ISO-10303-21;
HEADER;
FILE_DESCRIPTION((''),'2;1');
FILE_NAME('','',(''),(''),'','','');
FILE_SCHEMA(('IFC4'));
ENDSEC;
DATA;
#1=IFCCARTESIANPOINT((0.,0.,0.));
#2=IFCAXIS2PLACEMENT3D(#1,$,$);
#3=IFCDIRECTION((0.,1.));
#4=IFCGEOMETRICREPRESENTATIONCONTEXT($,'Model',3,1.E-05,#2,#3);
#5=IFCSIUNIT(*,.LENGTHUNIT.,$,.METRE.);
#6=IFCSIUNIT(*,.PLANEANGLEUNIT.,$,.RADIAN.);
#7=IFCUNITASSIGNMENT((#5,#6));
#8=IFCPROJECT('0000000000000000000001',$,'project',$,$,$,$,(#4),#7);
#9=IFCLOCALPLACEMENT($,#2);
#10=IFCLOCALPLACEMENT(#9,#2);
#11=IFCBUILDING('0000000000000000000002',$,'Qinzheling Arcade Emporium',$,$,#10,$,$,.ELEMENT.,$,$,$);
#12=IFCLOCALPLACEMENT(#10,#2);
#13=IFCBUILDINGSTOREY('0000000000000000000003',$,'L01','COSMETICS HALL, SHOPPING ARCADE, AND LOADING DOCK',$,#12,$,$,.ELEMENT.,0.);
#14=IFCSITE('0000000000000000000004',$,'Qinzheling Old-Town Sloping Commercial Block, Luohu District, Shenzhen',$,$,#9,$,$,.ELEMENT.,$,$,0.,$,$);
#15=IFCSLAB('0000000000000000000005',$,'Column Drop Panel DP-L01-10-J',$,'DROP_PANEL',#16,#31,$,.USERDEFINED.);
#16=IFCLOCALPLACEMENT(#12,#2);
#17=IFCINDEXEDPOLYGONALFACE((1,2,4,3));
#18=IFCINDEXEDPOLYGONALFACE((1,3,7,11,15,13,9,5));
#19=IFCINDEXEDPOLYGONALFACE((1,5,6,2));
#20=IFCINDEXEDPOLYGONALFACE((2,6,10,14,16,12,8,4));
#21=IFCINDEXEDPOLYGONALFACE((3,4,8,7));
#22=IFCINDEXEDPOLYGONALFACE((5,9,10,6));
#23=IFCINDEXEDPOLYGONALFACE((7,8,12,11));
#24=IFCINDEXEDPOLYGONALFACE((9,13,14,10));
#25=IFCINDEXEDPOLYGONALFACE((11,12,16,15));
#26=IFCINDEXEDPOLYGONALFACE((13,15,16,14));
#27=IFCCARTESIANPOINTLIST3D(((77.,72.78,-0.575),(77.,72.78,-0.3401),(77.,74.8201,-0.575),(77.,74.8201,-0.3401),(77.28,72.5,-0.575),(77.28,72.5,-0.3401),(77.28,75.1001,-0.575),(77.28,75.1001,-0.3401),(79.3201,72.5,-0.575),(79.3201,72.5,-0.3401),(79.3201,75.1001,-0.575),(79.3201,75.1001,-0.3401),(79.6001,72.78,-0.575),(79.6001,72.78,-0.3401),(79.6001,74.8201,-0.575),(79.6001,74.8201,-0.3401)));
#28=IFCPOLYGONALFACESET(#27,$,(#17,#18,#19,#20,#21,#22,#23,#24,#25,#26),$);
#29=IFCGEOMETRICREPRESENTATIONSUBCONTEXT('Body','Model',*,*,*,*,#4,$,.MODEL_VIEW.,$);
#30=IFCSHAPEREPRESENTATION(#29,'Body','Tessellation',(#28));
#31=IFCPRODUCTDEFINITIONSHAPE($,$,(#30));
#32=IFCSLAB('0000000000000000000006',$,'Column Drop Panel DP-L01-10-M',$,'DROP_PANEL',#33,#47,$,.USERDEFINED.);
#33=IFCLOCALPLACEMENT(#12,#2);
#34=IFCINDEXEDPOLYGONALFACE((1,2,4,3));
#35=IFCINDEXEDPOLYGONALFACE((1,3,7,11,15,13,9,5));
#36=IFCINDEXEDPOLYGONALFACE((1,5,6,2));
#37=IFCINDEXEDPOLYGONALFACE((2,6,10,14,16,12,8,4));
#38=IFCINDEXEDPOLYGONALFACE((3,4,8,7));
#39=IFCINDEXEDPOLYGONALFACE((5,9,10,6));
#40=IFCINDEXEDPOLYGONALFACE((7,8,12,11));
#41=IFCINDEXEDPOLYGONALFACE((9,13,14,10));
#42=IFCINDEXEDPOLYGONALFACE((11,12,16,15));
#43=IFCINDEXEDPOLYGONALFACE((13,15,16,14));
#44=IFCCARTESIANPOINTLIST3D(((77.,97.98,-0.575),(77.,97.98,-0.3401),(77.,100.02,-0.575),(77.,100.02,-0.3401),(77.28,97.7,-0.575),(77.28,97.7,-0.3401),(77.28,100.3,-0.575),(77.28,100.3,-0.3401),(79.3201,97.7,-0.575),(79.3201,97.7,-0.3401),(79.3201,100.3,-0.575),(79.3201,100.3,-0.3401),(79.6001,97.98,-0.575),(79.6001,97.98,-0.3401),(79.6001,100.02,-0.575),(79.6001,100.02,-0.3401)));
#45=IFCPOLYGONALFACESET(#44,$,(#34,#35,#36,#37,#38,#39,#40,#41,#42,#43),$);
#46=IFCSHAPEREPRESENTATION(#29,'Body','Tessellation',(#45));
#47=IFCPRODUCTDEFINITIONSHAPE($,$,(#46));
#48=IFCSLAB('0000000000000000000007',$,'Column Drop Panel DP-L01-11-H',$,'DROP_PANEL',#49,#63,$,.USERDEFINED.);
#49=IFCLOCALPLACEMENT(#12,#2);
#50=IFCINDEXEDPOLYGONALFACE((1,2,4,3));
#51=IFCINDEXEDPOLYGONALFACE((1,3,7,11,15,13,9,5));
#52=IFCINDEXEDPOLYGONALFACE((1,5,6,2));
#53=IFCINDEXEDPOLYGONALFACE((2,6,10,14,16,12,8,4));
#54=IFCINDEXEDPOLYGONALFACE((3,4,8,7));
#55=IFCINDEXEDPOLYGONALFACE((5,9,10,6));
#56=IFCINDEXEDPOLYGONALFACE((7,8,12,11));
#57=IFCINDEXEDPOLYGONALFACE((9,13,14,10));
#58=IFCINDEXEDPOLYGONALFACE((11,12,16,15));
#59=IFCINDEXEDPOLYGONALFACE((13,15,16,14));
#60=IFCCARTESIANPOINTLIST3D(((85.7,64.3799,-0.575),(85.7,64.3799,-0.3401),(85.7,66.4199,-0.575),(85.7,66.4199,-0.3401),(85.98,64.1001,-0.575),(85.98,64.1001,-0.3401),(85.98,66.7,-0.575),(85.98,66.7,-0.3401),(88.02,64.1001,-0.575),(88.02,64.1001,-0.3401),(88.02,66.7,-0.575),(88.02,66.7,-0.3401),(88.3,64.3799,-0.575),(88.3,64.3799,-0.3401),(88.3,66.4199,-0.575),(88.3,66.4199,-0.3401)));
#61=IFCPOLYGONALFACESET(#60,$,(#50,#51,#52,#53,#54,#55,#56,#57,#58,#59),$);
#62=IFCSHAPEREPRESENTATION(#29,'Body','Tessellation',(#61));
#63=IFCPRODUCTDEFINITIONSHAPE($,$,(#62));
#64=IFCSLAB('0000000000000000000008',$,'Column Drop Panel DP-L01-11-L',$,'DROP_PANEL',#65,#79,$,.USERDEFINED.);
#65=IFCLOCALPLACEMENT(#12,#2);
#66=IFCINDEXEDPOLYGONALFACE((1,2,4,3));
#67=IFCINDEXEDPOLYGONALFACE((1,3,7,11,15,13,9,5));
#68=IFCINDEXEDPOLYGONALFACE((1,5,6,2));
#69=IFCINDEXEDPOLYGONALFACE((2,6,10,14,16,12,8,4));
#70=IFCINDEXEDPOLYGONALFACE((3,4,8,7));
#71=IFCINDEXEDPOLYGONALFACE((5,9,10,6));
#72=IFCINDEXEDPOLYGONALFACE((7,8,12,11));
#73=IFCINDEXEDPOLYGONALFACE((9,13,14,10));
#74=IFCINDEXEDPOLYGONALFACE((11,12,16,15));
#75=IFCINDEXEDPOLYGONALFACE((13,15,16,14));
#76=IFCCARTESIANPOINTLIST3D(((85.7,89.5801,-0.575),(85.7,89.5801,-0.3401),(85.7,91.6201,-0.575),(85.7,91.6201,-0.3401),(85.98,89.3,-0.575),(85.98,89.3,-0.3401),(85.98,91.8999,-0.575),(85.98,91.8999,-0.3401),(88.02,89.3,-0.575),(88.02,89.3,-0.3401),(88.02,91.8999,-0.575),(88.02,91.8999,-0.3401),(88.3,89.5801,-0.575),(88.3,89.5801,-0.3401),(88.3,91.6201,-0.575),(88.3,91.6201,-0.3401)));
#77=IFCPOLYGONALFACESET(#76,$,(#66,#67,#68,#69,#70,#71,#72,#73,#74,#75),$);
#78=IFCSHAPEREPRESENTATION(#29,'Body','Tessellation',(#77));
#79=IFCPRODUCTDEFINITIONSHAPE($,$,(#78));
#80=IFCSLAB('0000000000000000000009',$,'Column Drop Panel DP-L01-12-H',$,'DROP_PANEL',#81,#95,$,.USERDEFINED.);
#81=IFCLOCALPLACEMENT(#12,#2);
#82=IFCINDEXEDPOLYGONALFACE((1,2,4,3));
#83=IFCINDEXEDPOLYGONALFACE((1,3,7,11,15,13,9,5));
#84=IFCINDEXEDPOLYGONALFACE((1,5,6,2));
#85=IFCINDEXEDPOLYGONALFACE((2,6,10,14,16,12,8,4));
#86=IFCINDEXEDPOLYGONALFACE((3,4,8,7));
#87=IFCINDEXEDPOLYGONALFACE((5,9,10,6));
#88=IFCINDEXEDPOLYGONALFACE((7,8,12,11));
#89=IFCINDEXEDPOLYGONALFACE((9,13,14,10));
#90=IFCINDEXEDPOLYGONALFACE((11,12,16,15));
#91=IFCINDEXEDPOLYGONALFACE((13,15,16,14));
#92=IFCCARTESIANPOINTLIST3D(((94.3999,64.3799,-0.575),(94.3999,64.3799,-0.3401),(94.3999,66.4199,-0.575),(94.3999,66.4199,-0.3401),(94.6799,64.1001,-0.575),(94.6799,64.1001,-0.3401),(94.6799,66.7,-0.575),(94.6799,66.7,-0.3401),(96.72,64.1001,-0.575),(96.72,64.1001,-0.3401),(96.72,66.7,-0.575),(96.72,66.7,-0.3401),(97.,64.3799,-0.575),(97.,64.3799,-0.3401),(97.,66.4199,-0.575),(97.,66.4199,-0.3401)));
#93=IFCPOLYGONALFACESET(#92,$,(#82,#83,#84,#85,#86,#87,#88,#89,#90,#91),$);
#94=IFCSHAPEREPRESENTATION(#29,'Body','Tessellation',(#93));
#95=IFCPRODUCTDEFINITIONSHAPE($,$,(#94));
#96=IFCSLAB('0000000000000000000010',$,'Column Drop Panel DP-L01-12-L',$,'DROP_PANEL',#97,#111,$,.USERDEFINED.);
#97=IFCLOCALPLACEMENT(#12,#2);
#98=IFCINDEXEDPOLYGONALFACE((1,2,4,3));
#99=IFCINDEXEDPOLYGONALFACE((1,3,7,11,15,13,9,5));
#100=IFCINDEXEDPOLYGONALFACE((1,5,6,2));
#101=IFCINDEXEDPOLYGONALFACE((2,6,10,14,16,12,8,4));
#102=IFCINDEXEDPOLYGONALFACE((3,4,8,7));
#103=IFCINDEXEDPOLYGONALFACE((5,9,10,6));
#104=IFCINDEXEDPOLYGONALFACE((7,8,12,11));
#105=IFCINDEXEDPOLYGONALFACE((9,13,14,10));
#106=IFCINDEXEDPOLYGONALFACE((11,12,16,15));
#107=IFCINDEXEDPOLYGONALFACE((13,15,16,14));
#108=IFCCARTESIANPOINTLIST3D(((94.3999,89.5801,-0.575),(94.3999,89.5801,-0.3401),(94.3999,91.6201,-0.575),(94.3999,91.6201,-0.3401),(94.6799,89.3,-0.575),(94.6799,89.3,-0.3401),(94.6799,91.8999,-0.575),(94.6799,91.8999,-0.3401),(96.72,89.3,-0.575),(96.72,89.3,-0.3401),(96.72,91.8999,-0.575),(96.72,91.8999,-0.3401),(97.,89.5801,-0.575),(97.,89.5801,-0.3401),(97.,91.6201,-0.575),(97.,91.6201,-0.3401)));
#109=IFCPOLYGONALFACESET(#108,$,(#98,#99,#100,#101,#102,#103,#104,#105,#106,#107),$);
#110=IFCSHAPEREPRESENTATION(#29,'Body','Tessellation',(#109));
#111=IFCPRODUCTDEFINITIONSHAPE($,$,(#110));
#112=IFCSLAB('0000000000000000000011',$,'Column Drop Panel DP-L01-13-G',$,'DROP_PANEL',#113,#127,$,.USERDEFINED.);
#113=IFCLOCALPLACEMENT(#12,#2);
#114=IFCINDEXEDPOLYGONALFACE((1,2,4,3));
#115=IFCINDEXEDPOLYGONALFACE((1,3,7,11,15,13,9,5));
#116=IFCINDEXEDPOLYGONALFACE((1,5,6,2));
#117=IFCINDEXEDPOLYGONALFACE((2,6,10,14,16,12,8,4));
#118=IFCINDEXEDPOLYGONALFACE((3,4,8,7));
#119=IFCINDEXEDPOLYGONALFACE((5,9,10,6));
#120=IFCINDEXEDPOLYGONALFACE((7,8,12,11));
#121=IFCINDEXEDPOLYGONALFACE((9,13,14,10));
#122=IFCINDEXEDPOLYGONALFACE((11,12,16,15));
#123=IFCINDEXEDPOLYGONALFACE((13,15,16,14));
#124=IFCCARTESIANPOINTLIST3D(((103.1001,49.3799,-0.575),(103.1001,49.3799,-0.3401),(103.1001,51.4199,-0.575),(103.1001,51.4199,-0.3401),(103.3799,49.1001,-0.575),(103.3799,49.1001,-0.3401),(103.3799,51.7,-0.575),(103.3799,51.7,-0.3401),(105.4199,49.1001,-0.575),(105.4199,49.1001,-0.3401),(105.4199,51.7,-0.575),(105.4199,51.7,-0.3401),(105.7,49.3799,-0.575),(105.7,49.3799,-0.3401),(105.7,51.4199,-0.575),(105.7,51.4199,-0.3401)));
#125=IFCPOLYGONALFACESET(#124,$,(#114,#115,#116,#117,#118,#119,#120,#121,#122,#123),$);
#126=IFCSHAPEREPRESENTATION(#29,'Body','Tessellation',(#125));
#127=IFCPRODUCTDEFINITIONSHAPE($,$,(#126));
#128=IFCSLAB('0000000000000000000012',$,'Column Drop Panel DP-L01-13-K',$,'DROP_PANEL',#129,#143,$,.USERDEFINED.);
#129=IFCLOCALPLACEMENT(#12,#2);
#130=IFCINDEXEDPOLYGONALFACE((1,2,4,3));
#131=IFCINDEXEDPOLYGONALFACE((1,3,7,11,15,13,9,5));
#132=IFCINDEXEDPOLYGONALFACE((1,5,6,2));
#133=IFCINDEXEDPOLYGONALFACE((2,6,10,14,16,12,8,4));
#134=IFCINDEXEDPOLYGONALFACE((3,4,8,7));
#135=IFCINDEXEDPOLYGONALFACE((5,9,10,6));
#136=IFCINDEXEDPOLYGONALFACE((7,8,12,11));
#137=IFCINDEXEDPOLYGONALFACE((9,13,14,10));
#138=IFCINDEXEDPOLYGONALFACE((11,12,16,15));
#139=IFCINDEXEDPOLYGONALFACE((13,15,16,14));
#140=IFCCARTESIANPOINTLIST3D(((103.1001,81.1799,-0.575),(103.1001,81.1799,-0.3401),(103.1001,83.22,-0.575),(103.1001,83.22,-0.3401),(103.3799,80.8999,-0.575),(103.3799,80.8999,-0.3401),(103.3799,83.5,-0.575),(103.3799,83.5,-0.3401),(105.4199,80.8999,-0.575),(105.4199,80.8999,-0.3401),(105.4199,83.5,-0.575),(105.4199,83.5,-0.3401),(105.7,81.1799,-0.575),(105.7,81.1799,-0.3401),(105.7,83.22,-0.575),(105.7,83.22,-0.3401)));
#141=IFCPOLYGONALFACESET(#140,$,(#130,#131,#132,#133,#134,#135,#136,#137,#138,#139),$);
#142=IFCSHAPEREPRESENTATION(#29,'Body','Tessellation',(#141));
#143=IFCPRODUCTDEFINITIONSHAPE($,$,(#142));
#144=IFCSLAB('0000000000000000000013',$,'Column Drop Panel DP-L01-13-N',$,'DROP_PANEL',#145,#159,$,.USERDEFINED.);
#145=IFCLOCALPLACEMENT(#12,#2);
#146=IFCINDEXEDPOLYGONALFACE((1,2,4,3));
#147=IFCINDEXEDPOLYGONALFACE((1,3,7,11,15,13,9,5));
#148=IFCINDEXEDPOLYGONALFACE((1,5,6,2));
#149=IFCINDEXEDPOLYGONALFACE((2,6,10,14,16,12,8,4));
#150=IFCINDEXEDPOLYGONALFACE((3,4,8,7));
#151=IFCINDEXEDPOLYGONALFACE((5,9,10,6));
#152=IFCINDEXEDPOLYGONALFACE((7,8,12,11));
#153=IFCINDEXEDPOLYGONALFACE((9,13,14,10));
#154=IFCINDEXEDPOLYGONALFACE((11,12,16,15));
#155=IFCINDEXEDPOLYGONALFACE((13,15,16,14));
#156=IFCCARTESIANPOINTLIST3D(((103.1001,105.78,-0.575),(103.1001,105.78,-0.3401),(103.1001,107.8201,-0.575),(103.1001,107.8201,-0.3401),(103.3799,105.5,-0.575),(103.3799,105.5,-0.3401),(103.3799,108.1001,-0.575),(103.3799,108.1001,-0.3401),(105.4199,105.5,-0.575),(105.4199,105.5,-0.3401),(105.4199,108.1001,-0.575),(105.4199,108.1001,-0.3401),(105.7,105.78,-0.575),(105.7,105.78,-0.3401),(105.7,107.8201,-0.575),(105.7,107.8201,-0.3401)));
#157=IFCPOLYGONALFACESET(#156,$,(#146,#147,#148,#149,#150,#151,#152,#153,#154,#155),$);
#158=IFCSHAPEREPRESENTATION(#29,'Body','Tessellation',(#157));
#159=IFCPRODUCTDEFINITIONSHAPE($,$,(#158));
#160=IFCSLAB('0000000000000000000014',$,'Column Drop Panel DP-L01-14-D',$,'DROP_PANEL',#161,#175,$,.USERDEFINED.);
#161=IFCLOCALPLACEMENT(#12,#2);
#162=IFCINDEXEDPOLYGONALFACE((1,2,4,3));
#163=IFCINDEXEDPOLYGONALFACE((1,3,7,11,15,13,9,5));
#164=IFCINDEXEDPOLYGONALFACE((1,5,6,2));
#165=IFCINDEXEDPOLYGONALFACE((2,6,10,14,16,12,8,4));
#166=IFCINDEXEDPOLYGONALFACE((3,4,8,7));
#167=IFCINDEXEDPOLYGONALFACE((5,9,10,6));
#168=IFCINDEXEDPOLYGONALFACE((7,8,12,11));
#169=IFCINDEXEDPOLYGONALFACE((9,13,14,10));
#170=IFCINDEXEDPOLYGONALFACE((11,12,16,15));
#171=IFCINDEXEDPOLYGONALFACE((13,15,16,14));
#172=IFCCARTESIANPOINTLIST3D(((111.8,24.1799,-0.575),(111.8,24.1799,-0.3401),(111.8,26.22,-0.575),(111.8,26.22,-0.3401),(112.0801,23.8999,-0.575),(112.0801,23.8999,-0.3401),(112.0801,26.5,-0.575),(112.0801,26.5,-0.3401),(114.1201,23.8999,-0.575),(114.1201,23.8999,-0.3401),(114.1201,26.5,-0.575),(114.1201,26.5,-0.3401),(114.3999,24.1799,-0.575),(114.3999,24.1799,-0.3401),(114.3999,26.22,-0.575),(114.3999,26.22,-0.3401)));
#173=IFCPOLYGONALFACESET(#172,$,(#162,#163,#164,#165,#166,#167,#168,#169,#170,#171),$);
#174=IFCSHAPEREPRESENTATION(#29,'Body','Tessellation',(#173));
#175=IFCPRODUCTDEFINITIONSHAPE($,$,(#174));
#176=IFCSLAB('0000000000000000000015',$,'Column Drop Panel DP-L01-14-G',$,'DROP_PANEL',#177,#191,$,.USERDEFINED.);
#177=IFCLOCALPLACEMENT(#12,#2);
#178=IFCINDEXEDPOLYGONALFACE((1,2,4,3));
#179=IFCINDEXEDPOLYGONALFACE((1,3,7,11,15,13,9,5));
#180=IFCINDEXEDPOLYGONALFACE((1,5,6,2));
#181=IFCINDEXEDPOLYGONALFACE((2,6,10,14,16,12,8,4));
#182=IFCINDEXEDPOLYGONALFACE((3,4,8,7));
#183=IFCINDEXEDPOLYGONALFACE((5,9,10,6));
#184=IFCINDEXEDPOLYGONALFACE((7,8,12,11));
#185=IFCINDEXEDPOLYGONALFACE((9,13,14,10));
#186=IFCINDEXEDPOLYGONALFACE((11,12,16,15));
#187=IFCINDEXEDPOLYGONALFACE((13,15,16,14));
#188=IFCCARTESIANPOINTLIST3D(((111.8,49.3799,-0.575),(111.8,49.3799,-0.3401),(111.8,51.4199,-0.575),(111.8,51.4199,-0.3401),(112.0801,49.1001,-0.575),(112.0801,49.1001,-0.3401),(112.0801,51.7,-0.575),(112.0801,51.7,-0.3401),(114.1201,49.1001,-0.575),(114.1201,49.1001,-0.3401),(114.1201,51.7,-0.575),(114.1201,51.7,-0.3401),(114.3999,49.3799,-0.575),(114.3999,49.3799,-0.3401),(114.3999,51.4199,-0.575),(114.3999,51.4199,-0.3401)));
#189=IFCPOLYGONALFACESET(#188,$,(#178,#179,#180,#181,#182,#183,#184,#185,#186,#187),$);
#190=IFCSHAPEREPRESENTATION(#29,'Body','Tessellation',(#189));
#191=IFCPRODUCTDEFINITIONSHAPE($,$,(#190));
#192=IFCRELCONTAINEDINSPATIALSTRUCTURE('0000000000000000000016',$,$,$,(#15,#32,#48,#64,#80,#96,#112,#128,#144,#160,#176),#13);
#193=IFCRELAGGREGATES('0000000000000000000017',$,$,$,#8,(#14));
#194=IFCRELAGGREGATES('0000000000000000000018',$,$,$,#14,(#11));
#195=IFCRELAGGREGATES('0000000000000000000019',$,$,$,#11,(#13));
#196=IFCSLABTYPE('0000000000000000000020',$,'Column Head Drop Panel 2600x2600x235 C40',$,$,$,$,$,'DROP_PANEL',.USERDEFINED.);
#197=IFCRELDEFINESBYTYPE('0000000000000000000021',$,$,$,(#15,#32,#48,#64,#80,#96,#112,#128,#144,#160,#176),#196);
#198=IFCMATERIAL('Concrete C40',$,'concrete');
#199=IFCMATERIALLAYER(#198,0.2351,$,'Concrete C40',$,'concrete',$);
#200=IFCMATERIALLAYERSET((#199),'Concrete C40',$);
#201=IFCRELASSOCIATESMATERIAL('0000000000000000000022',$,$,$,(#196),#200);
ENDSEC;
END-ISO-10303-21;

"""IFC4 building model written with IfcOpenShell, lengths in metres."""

from ifc_helpers import new_model, si_unit, direction, frame, origin, place, context, subcontext, project, spatial, polyline, outline, extrude, material, layer, layer_set, type_object, element, save


model = new_model("IFC4")

# Units and contexts
model_context = context("Model", 3, precision=1e-05, world=origin(), true_north=direction((0.0, 1.0)))
body_context = subcontext(model_context, "Body", "Model", "MODEL_VIEW")
ifc_project = project(units=[si_unit("LENGTHUNIT", "METRE"), si_unit("PLANEANGLEUNIT", "RADIAN")], contexts=[model_context])

# Site, building, storey
site_placement = place(None, origin())
site = spatial("IfcSite", under=ifc_project, at=site_placement, Name="Qinzheling Old-Town Sloping Commercial Block, Luohu District, Shenzhen", CompositionType="ELEMENT", RefElevation=0.0)
building_placement = place(site_placement, origin())
building = spatial("IfcBuilding", under=site, at=building_placement, Name="Qinzheling Arcade Emporium", CompositionType="ELEMENT")
storey_placement = place(building_placement, origin())
storey = spatial("IfcBuildingStorey", under=building, at=storey_placement, Name="L01", Description="COSMETICS HALL, SHOPPING ARCADE, AND LOADING DOCK", CompositionType="ELEMENT", Elevation=0.0)

# Slabs
ifc_material = material(Name="Concrete C40", Category="concrete")
ifc_layer_1 = layer(ifc_material, 0.2351, Name="Concrete C40", Category="concrete")
ifc_layer_set_1 = layer_set([ifc_layer_1], Name="Concrete C40")
slab_type_1 = type_object("IfcSlabType", Name="Column Head Drop Panel 2600x2600x235 C40", ElementType="DROP_PANEL", PredefinedType="USERDEFINED", material=ifc_layer_set_1)
slab_1_placement = place(storey_placement, frame((0.0, 0.0, -0.575)))
element("IfcSlab", 1, at=slab_1_placement, inside=storey, type_object=slab_type_1, Name="Column Drop Panel DP-L01-10-J", ObjectType="DROP_PANEL", PredefinedType="USERDEFINED", context=body_context, shape_type="SweptSolid", body=[
    extrude(outline(polyline([(77.28, 72.5), (79.3201, 72.5), (79.6001, 72.78), (79.6001, 74.8201), (79.3201, 75.1001), (77.28, 75.1001), (77.0, 74.8201), (77.0, 72.78), (77.28, 72.5)])), origin(), (0.0, 0.0, 1.0), 0.2349),
])
slab_2_placement = place(storey_placement, frame((0.0, 0.0, -0.575)))
element("IfcSlab", 2, at=slab_2_placement, inside=storey, type_object=slab_type_1, Name="Column Drop Panel DP-L01-10-M", ObjectType="DROP_PANEL", PredefinedType="USERDEFINED", context=body_context, shape_type="SweptSolid", body=[
    extrude(outline(polyline([(77.28, 97.7), (79.3201, 97.7), (79.6001, 97.98), (79.6001, 100.02), (79.3201, 100.3), (77.28, 100.3), (77.0, 100.02), (77.0, 97.98), (77.28, 97.7)])), origin(), (0.0, 0.0, 1.0), 0.2349),
])
slab_3_placement = place(storey_placement, frame((0.0, 0.0, -0.575)))
element("IfcSlab", 3, at=slab_3_placement, inside=storey, type_object=slab_type_1, Name="Column Drop Panel DP-L01-11-H", ObjectType="DROP_PANEL", PredefinedType="USERDEFINED", context=body_context, shape_type="SweptSolid", body=[
    extrude(outline(polyline([(85.98, 64.1001), (88.02, 64.1001), (88.3, 64.3799), (88.3, 66.4199), (88.02, 66.7), (85.98, 66.7), (85.7, 66.4199), (85.7, 64.3799), (85.98, 64.1001)])), origin(), (0.0, 0.0, 1.0), 0.2349),
])
slab_4_placement = place(storey_placement, frame((0.0, 0.0, -0.575)))
element("IfcSlab", 4, at=slab_4_placement, inside=storey, type_object=slab_type_1, Name="Column Drop Panel DP-L01-11-L", ObjectType="DROP_PANEL", PredefinedType="USERDEFINED", context=body_context, shape_type="SweptSolid", body=[
    extrude(outline(polyline([(85.98, 89.3), (88.02, 89.3), (88.3, 89.5801), (88.3, 91.6201), (88.02, 91.8999), (85.98, 91.8999), (85.7, 91.6201), (85.7, 89.5801), (85.98, 89.3)])), origin(), (0.0, 0.0, 1.0), 0.2349),
])
slab_5_placement = place(storey_placement, frame((0.0, 0.0, -0.575)))
element("IfcSlab", 5, at=slab_5_placement, inside=storey, type_object=slab_type_1, Name="Column Drop Panel DP-L01-12-H", ObjectType="DROP_PANEL", PredefinedType="USERDEFINED", context=body_context, shape_type="SweptSolid", body=[
    extrude(outline(polyline([(94.6799, 64.1001), (96.72, 64.1001), (97.0, 64.3799), (97.0, 66.4199), (96.72, 66.7), (94.6799, 66.7), (94.3999, 66.4199), (94.3999, 64.3799), (94.6799, 64.1001)])), origin(), (0.0, 0.0, 1.0), 0.2349),
])
slab_6_placement = place(storey_placement, frame((0.0, 0.0, -0.575)))
element("IfcSlab", 6, at=slab_6_placement, inside=storey, type_object=slab_type_1, Name="Column Drop Panel DP-L01-12-L", ObjectType="DROP_PANEL", PredefinedType="USERDEFINED", context=body_context, shape_type="SweptSolid", body=[
    extrude(outline(polyline([(94.6799, 89.3), (96.72, 89.3), (97.0, 89.5801), (97.0, 91.6201), (96.72, 91.8999), (94.6799, 91.8999), (94.3999, 91.6201), (94.3999, 89.5801), (94.6799, 89.3)])), origin(), (0.0, 0.0, 1.0), 0.2349),
])
slab_7_placement = place(storey_placement, frame((0.0, 0.0, -0.575)))
element("IfcSlab", 7, at=slab_7_placement, inside=storey, type_object=slab_type_1, Name="Column Drop Panel DP-L01-13-G", ObjectType="DROP_PANEL", PredefinedType="USERDEFINED", context=body_context, shape_type="SweptSolid", body=[
    extrude(outline(polyline([(103.3799, 49.1001), (105.4199, 49.1001), (105.7, 49.3799), (105.7, 51.4199), (105.4199, 51.7), (103.3799, 51.7), (103.1001, 51.4199), (103.1001, 49.3799), (103.3799, 49.1001)])), origin(), (0.0, 0.0, 1.0), 0.2349),
])
slab_8_placement = place(storey_placement, frame((0.0, 0.0, -0.575)))
element("IfcSlab", 8, at=slab_8_placement, inside=storey, type_object=slab_type_1, Name="Column Drop Panel DP-L01-13-K", ObjectType="DROP_PANEL", PredefinedType="USERDEFINED", context=body_context, shape_type="SweptSolid", body=[
    extrude(outline(polyline([(103.3799, 80.8999), (105.4199, 80.8999), (105.7, 81.1799), (105.7, 83.22), (105.4199, 83.5), (103.3799, 83.5), (103.1001, 83.22), (103.1001, 81.1799), (103.3799, 80.8999)])), origin(), (0.0, 0.0, 1.0), 0.2349),
])
slab_9_placement = place(storey_placement, frame((0.0, 0.0, -0.575)))
element("IfcSlab", 9, at=slab_9_placement, inside=storey, type_object=slab_type_1, Name="Column Drop Panel DP-L01-13-N", ObjectType="DROP_PANEL", PredefinedType="USERDEFINED", context=body_context, shape_type="SweptSolid", body=[
    extrude(outline(polyline([(103.3799, 105.5), (105.4199, 105.5), (105.7, 105.78), (105.7, 107.8201), (105.4199, 108.1001), (103.3799, 108.1001), (103.1001, 107.8201), (103.1001, 105.78), (103.3799, 105.5)])), origin(), (0.0, 0.0, 1.0), 0.2349),
])
slab_10_placement = place(storey_placement, frame((0.0, 0.0, -0.575)))
element("IfcSlab", 10, at=slab_10_placement, inside=storey, type_object=slab_type_1, Name="Column Drop Panel DP-L01-14-D", ObjectType="DROP_PANEL", PredefinedType="USERDEFINED", context=body_context, shape_type="SweptSolid", body=[
    extrude(outline(polyline([(112.0801, 23.8999), (114.1201, 23.8999), (114.3999, 24.1799), (114.3999, 26.22), (114.1201, 26.5), (112.0801, 26.5), (111.8, 26.22), (111.8, 24.1799), (112.0801, 23.8999)])), origin(), (0.0, 0.0, 1.0), 0.2349),
])
slab_11_placement = place(storey_placement, frame((0.0, 0.0, -0.575)))
element("IfcSlab", 11, at=slab_11_placement, inside=storey, type_object=slab_type_1, Name="Column Drop Panel DP-L01-14-G", ObjectType="DROP_PANEL", PredefinedType="USERDEFINED", context=body_context, shape_type="SweptSolid", body=[
    extrude(outline(polyline([(112.0801, 49.1001), (114.1201, 49.1001), (114.3999, 49.3799), (114.3999, 51.4199), (114.1201, 51.7), (112.0801, 51.7), (111.8, 51.4199), (111.8, 49.3799), (112.0801, 49.1001)])), origin(), (0.0, 0.0, 1.0), 0.2349),
])

save(model, "model.ifc")
